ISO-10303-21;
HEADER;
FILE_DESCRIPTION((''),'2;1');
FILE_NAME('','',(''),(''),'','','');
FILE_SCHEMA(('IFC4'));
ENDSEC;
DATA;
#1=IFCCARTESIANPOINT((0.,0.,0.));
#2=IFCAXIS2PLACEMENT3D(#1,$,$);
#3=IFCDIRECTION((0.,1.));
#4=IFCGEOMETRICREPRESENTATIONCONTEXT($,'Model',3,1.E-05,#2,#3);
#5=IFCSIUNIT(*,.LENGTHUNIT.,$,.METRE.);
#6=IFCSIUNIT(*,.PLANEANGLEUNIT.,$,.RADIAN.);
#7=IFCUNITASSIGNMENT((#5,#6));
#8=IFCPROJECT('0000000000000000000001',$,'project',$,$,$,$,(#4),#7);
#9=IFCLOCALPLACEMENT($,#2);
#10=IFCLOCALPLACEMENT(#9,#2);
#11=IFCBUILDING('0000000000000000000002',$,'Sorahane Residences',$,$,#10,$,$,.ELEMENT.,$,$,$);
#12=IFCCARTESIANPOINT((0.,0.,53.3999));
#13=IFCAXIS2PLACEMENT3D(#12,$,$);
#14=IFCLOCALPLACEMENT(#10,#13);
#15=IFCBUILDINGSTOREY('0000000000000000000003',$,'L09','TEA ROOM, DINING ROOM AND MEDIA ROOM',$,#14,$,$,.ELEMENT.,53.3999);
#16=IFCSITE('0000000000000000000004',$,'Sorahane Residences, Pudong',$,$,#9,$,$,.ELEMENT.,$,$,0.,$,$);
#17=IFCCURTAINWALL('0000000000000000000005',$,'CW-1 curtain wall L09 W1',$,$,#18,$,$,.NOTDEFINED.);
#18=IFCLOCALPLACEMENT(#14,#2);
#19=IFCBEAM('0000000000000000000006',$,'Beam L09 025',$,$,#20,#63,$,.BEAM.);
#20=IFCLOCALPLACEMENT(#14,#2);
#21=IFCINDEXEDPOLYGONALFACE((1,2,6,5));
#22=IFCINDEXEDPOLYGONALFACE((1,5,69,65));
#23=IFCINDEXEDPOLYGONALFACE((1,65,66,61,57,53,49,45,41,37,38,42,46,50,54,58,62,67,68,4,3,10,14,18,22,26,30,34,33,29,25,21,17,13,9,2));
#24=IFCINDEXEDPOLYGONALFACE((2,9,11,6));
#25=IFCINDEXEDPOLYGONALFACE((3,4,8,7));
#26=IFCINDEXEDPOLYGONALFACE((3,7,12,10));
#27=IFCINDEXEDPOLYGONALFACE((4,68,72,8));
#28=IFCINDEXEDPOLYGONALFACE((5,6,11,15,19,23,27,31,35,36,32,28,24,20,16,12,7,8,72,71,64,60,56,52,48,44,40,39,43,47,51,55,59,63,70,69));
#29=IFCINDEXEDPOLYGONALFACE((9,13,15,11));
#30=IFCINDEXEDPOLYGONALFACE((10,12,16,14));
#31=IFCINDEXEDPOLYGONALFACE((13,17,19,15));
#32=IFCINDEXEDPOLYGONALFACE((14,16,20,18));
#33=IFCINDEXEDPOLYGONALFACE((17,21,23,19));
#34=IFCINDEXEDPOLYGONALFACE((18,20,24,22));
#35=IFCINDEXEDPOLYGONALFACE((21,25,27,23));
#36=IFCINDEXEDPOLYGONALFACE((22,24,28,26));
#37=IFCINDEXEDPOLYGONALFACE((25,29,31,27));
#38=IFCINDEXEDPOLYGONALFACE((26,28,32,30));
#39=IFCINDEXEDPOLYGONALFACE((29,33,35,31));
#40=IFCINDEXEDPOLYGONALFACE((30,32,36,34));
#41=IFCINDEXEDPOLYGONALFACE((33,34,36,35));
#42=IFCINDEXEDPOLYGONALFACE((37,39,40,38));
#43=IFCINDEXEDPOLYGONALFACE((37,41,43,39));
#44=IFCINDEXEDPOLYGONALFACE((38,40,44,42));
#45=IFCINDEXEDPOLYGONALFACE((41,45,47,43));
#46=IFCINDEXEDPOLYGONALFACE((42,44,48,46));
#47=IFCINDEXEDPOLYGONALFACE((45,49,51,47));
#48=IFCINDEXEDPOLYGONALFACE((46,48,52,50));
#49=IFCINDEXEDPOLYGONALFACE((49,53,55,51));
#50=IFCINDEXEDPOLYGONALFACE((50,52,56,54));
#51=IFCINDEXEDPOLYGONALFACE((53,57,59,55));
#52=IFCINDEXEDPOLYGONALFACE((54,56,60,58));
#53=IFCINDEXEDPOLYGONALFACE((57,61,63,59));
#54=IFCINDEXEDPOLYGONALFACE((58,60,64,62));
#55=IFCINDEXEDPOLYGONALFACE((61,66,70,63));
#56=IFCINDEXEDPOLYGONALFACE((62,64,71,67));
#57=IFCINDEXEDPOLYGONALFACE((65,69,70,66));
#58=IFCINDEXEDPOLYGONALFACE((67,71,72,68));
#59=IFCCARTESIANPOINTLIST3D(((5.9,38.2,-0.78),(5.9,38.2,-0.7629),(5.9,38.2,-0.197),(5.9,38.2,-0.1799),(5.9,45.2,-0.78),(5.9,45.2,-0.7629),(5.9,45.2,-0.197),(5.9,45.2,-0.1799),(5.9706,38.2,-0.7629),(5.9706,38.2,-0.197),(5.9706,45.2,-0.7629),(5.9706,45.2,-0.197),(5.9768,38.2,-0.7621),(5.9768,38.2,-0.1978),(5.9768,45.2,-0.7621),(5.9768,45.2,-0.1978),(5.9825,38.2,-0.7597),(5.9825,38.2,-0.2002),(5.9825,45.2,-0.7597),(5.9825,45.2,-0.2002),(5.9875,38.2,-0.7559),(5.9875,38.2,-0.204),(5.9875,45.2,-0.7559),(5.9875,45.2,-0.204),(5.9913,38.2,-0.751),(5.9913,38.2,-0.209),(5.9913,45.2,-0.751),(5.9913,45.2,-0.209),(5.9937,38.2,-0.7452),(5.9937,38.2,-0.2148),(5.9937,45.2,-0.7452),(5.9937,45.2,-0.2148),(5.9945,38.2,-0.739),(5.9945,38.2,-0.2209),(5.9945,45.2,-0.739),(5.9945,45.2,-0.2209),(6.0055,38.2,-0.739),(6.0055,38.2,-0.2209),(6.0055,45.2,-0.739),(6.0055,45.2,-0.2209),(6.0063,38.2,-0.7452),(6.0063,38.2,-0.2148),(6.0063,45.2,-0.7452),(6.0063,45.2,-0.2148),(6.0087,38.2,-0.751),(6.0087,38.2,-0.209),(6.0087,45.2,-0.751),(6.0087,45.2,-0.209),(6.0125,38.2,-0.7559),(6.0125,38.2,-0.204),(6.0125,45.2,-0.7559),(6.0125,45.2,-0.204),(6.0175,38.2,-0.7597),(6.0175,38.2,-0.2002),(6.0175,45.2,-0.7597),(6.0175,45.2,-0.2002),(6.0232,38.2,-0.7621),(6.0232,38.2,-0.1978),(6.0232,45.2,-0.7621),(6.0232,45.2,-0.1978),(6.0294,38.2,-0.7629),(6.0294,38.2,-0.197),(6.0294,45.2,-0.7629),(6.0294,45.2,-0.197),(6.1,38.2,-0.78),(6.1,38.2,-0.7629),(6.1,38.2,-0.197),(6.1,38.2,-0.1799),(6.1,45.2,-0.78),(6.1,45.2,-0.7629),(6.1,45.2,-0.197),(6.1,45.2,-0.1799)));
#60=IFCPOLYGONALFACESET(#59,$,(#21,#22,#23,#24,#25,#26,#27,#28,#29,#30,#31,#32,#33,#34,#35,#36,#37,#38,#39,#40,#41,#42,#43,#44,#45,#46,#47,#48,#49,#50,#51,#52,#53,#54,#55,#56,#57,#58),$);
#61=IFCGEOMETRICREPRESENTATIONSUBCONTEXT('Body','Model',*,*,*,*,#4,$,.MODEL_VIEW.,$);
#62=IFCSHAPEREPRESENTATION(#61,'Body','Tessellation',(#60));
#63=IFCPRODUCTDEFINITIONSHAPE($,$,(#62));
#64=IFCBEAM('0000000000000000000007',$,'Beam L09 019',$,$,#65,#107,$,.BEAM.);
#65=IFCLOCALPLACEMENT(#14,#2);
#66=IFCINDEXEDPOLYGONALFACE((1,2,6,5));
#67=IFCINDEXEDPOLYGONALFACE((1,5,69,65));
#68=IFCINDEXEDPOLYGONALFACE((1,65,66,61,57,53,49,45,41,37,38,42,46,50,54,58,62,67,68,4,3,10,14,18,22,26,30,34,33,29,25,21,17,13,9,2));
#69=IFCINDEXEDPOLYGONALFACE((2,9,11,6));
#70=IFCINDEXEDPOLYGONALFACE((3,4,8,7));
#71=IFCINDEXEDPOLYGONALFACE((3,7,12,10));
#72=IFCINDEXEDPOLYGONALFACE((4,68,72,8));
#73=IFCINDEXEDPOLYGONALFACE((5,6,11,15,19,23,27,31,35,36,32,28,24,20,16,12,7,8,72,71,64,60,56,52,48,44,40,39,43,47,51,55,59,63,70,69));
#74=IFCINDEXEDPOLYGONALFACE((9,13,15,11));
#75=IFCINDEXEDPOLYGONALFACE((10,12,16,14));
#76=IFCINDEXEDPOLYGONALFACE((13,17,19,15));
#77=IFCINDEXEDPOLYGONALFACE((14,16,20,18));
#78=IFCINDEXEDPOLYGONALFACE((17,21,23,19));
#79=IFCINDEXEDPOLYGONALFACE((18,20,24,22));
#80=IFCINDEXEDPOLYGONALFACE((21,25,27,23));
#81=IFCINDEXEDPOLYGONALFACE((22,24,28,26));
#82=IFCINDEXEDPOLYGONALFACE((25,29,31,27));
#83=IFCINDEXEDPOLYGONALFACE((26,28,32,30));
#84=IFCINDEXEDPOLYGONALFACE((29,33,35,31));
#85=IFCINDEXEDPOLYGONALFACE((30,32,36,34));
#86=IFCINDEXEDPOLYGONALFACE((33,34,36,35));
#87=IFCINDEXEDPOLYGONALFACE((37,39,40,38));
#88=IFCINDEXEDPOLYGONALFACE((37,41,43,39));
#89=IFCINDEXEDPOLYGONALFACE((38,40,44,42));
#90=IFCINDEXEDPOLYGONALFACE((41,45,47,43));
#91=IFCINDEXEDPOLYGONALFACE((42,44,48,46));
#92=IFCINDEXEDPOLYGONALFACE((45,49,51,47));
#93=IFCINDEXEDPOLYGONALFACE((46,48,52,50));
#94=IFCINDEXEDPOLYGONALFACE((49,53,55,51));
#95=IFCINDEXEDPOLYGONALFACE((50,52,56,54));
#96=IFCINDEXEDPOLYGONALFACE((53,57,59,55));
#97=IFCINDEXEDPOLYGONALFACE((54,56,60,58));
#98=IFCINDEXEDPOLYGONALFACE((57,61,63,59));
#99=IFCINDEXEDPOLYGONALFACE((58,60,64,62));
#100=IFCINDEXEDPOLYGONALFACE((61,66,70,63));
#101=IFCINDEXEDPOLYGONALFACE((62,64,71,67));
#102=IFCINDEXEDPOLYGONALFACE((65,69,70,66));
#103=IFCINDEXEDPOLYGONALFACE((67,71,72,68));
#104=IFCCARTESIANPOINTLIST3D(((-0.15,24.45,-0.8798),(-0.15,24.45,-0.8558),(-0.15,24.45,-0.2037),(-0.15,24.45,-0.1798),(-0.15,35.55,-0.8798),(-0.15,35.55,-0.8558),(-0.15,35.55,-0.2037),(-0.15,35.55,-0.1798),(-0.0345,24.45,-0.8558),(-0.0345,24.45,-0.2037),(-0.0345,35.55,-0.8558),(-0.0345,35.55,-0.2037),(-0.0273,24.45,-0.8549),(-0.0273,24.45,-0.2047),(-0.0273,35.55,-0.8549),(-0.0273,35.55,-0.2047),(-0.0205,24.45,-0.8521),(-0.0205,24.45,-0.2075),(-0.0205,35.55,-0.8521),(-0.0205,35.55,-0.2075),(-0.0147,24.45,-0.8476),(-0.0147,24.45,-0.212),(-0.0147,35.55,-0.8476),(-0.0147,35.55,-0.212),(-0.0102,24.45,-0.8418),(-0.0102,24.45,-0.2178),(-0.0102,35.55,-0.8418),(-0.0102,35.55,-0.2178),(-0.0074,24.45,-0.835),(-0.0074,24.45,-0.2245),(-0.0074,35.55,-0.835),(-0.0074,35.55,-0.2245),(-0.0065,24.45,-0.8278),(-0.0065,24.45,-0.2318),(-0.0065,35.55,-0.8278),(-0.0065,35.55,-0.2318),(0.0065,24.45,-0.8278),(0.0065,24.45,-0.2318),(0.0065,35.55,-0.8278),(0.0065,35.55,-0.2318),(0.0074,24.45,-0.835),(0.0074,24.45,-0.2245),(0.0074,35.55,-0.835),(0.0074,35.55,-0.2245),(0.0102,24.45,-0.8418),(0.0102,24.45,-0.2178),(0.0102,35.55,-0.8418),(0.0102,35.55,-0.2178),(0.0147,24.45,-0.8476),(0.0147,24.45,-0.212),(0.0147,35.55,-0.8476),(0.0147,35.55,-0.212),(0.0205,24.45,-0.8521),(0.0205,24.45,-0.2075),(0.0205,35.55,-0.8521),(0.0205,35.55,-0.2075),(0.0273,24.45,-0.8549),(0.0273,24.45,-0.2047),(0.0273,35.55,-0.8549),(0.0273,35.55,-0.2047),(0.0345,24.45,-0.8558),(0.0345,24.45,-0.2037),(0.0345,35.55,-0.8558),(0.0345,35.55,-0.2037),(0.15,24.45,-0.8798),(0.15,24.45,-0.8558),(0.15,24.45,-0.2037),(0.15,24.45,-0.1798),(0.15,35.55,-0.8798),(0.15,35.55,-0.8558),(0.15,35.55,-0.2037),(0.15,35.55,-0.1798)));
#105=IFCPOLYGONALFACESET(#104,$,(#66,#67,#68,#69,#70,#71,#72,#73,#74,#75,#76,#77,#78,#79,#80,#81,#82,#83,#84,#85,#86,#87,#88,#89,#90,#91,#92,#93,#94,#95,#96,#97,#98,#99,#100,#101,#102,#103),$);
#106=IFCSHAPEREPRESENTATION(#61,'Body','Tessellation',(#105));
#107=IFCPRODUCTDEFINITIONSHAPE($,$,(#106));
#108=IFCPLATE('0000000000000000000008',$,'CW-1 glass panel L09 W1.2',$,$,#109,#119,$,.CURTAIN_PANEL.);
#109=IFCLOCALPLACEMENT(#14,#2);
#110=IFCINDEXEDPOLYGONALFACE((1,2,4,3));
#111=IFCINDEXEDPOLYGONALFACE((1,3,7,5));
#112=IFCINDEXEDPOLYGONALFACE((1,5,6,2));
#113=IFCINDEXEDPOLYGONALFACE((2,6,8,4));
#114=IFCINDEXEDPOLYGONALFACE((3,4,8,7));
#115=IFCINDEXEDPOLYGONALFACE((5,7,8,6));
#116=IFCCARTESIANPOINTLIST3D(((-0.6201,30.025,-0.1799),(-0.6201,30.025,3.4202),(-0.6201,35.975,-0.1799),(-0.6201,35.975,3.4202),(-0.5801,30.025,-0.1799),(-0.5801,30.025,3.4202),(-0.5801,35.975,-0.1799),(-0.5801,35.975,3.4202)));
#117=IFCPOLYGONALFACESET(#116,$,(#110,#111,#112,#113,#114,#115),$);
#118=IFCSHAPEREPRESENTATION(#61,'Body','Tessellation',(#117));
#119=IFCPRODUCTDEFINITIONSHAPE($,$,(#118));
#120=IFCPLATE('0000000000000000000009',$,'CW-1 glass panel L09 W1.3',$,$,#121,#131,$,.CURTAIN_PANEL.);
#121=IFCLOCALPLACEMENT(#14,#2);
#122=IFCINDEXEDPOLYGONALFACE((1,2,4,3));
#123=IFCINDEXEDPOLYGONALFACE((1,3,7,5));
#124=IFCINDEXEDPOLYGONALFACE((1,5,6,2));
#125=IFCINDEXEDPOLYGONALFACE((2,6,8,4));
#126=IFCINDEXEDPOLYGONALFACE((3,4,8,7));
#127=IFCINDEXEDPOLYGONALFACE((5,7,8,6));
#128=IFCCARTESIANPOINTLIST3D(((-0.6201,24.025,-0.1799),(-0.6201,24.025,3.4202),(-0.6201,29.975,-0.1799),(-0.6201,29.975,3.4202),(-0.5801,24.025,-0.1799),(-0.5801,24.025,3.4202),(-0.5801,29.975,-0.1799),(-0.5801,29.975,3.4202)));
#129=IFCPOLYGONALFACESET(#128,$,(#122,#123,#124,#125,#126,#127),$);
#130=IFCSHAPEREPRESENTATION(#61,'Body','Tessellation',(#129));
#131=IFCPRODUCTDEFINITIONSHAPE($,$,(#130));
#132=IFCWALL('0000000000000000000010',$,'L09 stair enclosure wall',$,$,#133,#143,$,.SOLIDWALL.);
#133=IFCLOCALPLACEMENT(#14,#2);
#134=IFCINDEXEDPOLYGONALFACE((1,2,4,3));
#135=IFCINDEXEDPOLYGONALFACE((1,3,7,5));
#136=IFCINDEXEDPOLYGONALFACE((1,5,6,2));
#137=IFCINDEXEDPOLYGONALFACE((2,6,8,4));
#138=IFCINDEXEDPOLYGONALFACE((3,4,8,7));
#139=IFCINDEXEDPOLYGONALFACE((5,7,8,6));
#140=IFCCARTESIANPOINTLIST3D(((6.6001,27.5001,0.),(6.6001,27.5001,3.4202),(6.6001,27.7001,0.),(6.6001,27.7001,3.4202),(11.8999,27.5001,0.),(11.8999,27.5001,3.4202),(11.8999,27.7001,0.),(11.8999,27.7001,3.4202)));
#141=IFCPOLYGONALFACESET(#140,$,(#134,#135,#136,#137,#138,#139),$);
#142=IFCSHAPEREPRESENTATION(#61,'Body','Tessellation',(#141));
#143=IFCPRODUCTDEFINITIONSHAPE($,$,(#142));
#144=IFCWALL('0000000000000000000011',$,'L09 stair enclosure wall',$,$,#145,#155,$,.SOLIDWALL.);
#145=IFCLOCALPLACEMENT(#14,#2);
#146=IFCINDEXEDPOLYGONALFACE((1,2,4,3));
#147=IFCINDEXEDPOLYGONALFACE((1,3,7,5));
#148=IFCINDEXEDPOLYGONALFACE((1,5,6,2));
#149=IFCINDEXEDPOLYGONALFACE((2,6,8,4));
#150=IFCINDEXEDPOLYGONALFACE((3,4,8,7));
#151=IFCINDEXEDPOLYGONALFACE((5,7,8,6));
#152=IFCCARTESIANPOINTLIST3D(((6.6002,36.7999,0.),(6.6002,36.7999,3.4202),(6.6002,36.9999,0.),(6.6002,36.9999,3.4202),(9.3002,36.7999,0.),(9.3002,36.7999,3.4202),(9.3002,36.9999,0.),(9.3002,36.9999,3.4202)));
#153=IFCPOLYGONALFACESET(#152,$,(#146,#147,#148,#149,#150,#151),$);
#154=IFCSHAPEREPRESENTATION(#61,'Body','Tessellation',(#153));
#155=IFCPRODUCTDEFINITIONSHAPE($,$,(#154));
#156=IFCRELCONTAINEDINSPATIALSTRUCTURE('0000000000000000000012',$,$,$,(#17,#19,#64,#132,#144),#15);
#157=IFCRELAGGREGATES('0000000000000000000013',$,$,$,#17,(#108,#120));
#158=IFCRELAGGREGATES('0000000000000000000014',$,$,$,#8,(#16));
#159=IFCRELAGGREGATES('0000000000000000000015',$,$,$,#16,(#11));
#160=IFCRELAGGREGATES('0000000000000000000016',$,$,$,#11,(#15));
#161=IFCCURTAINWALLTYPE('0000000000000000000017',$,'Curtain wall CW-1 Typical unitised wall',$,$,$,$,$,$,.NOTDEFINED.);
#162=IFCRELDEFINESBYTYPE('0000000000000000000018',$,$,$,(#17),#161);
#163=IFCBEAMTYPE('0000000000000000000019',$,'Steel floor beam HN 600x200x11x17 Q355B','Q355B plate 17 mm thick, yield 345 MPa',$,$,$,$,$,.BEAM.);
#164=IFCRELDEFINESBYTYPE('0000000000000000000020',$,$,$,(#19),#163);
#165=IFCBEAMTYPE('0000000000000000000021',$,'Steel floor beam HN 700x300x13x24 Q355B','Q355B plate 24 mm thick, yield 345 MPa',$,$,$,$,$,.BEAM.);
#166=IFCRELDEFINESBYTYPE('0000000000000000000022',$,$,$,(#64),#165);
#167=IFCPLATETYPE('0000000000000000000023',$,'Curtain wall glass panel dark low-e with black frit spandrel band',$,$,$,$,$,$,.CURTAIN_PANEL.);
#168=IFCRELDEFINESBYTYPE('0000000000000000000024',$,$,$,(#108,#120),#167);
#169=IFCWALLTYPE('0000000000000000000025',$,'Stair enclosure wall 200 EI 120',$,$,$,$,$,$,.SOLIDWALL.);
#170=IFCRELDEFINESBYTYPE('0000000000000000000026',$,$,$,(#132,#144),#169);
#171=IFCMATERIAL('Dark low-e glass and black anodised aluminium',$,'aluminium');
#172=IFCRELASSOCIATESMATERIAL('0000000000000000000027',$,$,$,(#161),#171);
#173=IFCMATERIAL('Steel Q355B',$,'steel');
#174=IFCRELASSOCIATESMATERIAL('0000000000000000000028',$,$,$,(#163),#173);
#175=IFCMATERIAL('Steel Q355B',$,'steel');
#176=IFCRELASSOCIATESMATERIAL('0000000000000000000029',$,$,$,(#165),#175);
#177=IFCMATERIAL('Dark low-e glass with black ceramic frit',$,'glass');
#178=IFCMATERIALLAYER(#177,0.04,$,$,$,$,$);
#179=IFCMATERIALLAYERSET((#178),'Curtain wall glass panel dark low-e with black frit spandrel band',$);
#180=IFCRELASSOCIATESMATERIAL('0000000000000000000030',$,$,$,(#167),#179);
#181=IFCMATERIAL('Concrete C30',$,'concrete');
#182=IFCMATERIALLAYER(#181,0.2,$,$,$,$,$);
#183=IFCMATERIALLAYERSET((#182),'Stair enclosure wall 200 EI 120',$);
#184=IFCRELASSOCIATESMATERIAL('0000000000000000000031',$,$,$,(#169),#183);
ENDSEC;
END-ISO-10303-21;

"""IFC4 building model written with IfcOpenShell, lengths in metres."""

from ifc_helpers import new_model, si_unit, direction, frame, frame_2d, origin, origin_2d, place, context, subcontext, project, spatial, rectangle, i_section, extrude, material, layer, layer_set, material_profile, profile_set, type_object, element, aggregate, save


model = new_model("IFC4")

# Units and contexts
model_context = context("Model", 3, precision=1e-05, world=origin(), true_north=direction((0.0, 1.0)))
body_context = subcontext(model_context, "Body", "Model", "MODEL_VIEW")
ifc_project = project(units=[si_unit("LENGTHUNIT", "METRE"), si_unit("PLANEANGLEUNIT", "RADIAN")], contexts=[model_context])

# Site, building, storey
site_placement = place(None, origin())
site = spatial("IfcSite", under=ifc_project, at=site_placement, Name="Sorahane Residences, Pudong", CompositionType="ELEMENT", RefElevation=0.0)
building_placement = place(site_placement, origin())
building = spatial("IfcBuilding", under=site, at=building_placement, Name="Sorahane Residences", CompositionType="ELEMENT")
storey_placement = place(building_placement, frame((0.0, 0.0, 53.3999)))
storey = spatial("IfcBuildingStorey", under=building, at=storey_placement, Name="L09", Description="TEA ROOM, DINING ROOM AND MEDIA ROOM", CompositionType="ELEMENT", Elevation=53.3999)

# Curtain wall
ifc_material_1 = material(Name="Dark low-e glass and black anodised aluminium", Category="aluminium")
curtain_wall_type = type_object("IfcCurtainWallType", Name="Curtain wall CW-1 Typical unitised wall", PredefinedType="NOTDEFINED", material=ifc_material_1)
curtain_wall_placement = place(storey_placement, origin())
curtain_wall = element("IfcCurtainWall", 1, at=curtain_wall_placement, inside=storey, type_object=curtain_wall_type, Name="CW-1 curtain wall L09 W1", PredefinedType="NOTDEFINED")

# Beams
ifc_material_2 = material(Name="Steel Q355B", Category="steel")
ifc_material_profile_1 = material_profile(ifc_material_2, i_section(OverallWidth=0.2, OverallDepth=0.6001, WebThickness=0.011, FlangeThickness=0.0171, FilletRadius=0.0239, at=origin_2d()), Name="HN 600x200x11x17")
ifc_profile_set_1 = profile_set([ifc_material_profile_1], Name="Steel Q355B")
beam_type_1 = type_object("IfcBeamType", Name="Steel floor beam HN 600x200x11x17 Q355B", Description="Q355B plate 17 mm thick, yield 345 MPa", PredefinedType="BEAM", material=ifc_profile_set_1)
for number, where, z_axis, x_axis, name in (
    (2, (6.0, 38.2, -0.48), (0.0, 1.0, 0.0), (-1.0, 0.0, 0.0), "Beam L09 025"),
):
    element("IfcBeam", number, at=place(storey_placement, frame(where, z_axis=z_axis, x_axis=x_axis)), inside=storey, type_object=beam_type_1, Name=name, PredefinedType="BEAM", context=body_context, shape_type="SweptSolid", body=[
        extrude(i_section(OverallWidth=0.2, OverallDepth=0.6001, WebThickness=0.011, FlangeThickness=0.0171, FilletRadius=0.0239, at=origin_2d()), origin(), (0.0, 0.0, 1.0), 7.0),
    ])
ifc_material_3 = material(Name="Steel Q355B", Category="steel")
ifc_material_profile_2 = material_profile(ifc_material_3, i_section(OverallWidth=0.3, OverallDepth=0.7, WebThickness=0.0129, FlangeThickness=0.0239, FilletRadius=0.0281, at=origin_2d()), Name="HN 700x300x13x24")
ifc_profile_set_2 = profile_set([ifc_material_profile_2], Name="Steel Q355B")
beam_type_2 = type_object("IfcBeamType", Name="Steel floor beam HN 700x300x13x24 Q355B", Description="Q355B plate 24 mm thick, yield 345 MPa", PredefinedType="BEAM", material=ifc_profile_set_2)
beam_1_placement = place(storey_placement, frame((0.0, 24.45, -0.5298), z_axis=(0.0, 1.0, 0.0), x_axis=(-1.0, 0.0, 0.0)))
element("IfcBeam", 3, at=beam_1_placement, inside=storey, type_object=beam_type_2, Name="Beam L09 019", PredefinedType="BEAM", context=body_context, shape_type="SweptSolid", body=[
    extrude(i_section(OverallWidth=0.3, OverallDepth=0.7, WebThickness=0.0129, FlangeThickness=0.0239, FilletRadius=0.0281, at=origin_2d()), origin(), (0.0, 0.0, 1.0), 11.1001),
])

# Plates
ifc_material_4 = material(Name="Dark low-e glass with black ceramic frit", Category="glass")
ifc_layer_1 = layer(ifc_material_4, 0.04)
ifc_layer_set_1 = layer_set([ifc_layer_1], Name="Curtain wall glass panel dark low-e with black frit spandrel band")
plate_type = type_object("IfcPlateType", Name="Curtain wall glass panel dark low-e with black frit spandrel band", PredefinedType="CURTAIN_PANEL", material=ifc_layer_set_1)
plate_1_placement = place(storey_placement, frame((-0.6001, 33.0, -0.1799), z_axis=(0.0, 0.0, 1.0), x_axis=(0.0, -1.0, 0.0)))
plate_1 = element("IfcPlate", 4, at=plate_1_placement, type_object=plate_type, Name="CW-1 glass panel L09 W1.2", PredefinedType="CURTAIN_PANEL", context=body_context, shape_type="SweptSolid", body=[
    extrude(rectangle(XDim=5.95, YDim=0.04, at=origin_2d()), origin(), (0.0, 0.0, 1.0), 3.6001),
])
plate_2_placement = place(storey_placement, frame((-0.6001, 27.0, -0.1799), z_axis=(0.0, 0.0, 1.0), x_axis=(0.0, -1.0, 0.0)))
plate_2 = element("IfcPlate", 5, at=plate_2_placement, type_object=plate_type, Name="CW-1 glass panel L09 W1.3", PredefinedType="CURTAIN_PANEL", context=body_context, shape_type="SweptSolid", body=[
    extrude(rectangle(XDim=5.95, YDim=0.04, at=origin_2d()), origin(), (0.0, 0.0, 1.0), 3.6001),
])
aggregate(curtain_wall, [plate_1, plate_2])

# Walls
ifc_material_5 = material(Name="Concrete C30", Category="concrete")
ifc_layer_2 = layer(ifc_material_5, 0.2)
ifc_layer_set_2 = layer_set([ifc_layer_2], Name="Stair enclosure wall 200 EI 120")
wall_type = type_object("IfcWallType", Name="Stair enclosure wall 200 EI 120", PredefinedType="SOLIDWALL", material=ifc_layer_set_2)
wall_1_placement = place(storey_placement, frame((6.6001, 27.6001, 0.0), z_axis=(0.0, 0.0, 1.0), x_axis=(1.0, 0.0, 0.0)))
element("IfcWall", 6, at=wall_1_placement, inside=storey, type_object=wall_type, Name="L09 stair enclosure wall", PredefinedType="SOLIDWALL", context=body_context, shape_type="SweptSolid", body=[
    extrude(rectangle(XDim=5.2998, YDim=0.2, at=frame_2d((2.6499, 0.0))), origin(), (0.0, 0.0, 1.0), 3.4202),
])
wall_2_placement = place(storey_placement, frame((6.6001, 36.8999, 0.0), z_axis=(0.0, 0.0, 1.0), x_axis=(1.0, 0.0, 0.0)))
element("IfcWall", 7, at=wall_2_placement, inside=storey, type_object=wall_type, Name="L09 stair enclosure wall", PredefinedType="SOLIDWALL", context=body_context, shape_type="SweptSolid", body=[
    extrude(rectangle(XDim=2.7, YDim=0.2, at=frame_2d((1.3501, 0.0))), origin(), (0.0, 0.0, 1.0), 3.4202),
])

save(model, "model.ifc")
